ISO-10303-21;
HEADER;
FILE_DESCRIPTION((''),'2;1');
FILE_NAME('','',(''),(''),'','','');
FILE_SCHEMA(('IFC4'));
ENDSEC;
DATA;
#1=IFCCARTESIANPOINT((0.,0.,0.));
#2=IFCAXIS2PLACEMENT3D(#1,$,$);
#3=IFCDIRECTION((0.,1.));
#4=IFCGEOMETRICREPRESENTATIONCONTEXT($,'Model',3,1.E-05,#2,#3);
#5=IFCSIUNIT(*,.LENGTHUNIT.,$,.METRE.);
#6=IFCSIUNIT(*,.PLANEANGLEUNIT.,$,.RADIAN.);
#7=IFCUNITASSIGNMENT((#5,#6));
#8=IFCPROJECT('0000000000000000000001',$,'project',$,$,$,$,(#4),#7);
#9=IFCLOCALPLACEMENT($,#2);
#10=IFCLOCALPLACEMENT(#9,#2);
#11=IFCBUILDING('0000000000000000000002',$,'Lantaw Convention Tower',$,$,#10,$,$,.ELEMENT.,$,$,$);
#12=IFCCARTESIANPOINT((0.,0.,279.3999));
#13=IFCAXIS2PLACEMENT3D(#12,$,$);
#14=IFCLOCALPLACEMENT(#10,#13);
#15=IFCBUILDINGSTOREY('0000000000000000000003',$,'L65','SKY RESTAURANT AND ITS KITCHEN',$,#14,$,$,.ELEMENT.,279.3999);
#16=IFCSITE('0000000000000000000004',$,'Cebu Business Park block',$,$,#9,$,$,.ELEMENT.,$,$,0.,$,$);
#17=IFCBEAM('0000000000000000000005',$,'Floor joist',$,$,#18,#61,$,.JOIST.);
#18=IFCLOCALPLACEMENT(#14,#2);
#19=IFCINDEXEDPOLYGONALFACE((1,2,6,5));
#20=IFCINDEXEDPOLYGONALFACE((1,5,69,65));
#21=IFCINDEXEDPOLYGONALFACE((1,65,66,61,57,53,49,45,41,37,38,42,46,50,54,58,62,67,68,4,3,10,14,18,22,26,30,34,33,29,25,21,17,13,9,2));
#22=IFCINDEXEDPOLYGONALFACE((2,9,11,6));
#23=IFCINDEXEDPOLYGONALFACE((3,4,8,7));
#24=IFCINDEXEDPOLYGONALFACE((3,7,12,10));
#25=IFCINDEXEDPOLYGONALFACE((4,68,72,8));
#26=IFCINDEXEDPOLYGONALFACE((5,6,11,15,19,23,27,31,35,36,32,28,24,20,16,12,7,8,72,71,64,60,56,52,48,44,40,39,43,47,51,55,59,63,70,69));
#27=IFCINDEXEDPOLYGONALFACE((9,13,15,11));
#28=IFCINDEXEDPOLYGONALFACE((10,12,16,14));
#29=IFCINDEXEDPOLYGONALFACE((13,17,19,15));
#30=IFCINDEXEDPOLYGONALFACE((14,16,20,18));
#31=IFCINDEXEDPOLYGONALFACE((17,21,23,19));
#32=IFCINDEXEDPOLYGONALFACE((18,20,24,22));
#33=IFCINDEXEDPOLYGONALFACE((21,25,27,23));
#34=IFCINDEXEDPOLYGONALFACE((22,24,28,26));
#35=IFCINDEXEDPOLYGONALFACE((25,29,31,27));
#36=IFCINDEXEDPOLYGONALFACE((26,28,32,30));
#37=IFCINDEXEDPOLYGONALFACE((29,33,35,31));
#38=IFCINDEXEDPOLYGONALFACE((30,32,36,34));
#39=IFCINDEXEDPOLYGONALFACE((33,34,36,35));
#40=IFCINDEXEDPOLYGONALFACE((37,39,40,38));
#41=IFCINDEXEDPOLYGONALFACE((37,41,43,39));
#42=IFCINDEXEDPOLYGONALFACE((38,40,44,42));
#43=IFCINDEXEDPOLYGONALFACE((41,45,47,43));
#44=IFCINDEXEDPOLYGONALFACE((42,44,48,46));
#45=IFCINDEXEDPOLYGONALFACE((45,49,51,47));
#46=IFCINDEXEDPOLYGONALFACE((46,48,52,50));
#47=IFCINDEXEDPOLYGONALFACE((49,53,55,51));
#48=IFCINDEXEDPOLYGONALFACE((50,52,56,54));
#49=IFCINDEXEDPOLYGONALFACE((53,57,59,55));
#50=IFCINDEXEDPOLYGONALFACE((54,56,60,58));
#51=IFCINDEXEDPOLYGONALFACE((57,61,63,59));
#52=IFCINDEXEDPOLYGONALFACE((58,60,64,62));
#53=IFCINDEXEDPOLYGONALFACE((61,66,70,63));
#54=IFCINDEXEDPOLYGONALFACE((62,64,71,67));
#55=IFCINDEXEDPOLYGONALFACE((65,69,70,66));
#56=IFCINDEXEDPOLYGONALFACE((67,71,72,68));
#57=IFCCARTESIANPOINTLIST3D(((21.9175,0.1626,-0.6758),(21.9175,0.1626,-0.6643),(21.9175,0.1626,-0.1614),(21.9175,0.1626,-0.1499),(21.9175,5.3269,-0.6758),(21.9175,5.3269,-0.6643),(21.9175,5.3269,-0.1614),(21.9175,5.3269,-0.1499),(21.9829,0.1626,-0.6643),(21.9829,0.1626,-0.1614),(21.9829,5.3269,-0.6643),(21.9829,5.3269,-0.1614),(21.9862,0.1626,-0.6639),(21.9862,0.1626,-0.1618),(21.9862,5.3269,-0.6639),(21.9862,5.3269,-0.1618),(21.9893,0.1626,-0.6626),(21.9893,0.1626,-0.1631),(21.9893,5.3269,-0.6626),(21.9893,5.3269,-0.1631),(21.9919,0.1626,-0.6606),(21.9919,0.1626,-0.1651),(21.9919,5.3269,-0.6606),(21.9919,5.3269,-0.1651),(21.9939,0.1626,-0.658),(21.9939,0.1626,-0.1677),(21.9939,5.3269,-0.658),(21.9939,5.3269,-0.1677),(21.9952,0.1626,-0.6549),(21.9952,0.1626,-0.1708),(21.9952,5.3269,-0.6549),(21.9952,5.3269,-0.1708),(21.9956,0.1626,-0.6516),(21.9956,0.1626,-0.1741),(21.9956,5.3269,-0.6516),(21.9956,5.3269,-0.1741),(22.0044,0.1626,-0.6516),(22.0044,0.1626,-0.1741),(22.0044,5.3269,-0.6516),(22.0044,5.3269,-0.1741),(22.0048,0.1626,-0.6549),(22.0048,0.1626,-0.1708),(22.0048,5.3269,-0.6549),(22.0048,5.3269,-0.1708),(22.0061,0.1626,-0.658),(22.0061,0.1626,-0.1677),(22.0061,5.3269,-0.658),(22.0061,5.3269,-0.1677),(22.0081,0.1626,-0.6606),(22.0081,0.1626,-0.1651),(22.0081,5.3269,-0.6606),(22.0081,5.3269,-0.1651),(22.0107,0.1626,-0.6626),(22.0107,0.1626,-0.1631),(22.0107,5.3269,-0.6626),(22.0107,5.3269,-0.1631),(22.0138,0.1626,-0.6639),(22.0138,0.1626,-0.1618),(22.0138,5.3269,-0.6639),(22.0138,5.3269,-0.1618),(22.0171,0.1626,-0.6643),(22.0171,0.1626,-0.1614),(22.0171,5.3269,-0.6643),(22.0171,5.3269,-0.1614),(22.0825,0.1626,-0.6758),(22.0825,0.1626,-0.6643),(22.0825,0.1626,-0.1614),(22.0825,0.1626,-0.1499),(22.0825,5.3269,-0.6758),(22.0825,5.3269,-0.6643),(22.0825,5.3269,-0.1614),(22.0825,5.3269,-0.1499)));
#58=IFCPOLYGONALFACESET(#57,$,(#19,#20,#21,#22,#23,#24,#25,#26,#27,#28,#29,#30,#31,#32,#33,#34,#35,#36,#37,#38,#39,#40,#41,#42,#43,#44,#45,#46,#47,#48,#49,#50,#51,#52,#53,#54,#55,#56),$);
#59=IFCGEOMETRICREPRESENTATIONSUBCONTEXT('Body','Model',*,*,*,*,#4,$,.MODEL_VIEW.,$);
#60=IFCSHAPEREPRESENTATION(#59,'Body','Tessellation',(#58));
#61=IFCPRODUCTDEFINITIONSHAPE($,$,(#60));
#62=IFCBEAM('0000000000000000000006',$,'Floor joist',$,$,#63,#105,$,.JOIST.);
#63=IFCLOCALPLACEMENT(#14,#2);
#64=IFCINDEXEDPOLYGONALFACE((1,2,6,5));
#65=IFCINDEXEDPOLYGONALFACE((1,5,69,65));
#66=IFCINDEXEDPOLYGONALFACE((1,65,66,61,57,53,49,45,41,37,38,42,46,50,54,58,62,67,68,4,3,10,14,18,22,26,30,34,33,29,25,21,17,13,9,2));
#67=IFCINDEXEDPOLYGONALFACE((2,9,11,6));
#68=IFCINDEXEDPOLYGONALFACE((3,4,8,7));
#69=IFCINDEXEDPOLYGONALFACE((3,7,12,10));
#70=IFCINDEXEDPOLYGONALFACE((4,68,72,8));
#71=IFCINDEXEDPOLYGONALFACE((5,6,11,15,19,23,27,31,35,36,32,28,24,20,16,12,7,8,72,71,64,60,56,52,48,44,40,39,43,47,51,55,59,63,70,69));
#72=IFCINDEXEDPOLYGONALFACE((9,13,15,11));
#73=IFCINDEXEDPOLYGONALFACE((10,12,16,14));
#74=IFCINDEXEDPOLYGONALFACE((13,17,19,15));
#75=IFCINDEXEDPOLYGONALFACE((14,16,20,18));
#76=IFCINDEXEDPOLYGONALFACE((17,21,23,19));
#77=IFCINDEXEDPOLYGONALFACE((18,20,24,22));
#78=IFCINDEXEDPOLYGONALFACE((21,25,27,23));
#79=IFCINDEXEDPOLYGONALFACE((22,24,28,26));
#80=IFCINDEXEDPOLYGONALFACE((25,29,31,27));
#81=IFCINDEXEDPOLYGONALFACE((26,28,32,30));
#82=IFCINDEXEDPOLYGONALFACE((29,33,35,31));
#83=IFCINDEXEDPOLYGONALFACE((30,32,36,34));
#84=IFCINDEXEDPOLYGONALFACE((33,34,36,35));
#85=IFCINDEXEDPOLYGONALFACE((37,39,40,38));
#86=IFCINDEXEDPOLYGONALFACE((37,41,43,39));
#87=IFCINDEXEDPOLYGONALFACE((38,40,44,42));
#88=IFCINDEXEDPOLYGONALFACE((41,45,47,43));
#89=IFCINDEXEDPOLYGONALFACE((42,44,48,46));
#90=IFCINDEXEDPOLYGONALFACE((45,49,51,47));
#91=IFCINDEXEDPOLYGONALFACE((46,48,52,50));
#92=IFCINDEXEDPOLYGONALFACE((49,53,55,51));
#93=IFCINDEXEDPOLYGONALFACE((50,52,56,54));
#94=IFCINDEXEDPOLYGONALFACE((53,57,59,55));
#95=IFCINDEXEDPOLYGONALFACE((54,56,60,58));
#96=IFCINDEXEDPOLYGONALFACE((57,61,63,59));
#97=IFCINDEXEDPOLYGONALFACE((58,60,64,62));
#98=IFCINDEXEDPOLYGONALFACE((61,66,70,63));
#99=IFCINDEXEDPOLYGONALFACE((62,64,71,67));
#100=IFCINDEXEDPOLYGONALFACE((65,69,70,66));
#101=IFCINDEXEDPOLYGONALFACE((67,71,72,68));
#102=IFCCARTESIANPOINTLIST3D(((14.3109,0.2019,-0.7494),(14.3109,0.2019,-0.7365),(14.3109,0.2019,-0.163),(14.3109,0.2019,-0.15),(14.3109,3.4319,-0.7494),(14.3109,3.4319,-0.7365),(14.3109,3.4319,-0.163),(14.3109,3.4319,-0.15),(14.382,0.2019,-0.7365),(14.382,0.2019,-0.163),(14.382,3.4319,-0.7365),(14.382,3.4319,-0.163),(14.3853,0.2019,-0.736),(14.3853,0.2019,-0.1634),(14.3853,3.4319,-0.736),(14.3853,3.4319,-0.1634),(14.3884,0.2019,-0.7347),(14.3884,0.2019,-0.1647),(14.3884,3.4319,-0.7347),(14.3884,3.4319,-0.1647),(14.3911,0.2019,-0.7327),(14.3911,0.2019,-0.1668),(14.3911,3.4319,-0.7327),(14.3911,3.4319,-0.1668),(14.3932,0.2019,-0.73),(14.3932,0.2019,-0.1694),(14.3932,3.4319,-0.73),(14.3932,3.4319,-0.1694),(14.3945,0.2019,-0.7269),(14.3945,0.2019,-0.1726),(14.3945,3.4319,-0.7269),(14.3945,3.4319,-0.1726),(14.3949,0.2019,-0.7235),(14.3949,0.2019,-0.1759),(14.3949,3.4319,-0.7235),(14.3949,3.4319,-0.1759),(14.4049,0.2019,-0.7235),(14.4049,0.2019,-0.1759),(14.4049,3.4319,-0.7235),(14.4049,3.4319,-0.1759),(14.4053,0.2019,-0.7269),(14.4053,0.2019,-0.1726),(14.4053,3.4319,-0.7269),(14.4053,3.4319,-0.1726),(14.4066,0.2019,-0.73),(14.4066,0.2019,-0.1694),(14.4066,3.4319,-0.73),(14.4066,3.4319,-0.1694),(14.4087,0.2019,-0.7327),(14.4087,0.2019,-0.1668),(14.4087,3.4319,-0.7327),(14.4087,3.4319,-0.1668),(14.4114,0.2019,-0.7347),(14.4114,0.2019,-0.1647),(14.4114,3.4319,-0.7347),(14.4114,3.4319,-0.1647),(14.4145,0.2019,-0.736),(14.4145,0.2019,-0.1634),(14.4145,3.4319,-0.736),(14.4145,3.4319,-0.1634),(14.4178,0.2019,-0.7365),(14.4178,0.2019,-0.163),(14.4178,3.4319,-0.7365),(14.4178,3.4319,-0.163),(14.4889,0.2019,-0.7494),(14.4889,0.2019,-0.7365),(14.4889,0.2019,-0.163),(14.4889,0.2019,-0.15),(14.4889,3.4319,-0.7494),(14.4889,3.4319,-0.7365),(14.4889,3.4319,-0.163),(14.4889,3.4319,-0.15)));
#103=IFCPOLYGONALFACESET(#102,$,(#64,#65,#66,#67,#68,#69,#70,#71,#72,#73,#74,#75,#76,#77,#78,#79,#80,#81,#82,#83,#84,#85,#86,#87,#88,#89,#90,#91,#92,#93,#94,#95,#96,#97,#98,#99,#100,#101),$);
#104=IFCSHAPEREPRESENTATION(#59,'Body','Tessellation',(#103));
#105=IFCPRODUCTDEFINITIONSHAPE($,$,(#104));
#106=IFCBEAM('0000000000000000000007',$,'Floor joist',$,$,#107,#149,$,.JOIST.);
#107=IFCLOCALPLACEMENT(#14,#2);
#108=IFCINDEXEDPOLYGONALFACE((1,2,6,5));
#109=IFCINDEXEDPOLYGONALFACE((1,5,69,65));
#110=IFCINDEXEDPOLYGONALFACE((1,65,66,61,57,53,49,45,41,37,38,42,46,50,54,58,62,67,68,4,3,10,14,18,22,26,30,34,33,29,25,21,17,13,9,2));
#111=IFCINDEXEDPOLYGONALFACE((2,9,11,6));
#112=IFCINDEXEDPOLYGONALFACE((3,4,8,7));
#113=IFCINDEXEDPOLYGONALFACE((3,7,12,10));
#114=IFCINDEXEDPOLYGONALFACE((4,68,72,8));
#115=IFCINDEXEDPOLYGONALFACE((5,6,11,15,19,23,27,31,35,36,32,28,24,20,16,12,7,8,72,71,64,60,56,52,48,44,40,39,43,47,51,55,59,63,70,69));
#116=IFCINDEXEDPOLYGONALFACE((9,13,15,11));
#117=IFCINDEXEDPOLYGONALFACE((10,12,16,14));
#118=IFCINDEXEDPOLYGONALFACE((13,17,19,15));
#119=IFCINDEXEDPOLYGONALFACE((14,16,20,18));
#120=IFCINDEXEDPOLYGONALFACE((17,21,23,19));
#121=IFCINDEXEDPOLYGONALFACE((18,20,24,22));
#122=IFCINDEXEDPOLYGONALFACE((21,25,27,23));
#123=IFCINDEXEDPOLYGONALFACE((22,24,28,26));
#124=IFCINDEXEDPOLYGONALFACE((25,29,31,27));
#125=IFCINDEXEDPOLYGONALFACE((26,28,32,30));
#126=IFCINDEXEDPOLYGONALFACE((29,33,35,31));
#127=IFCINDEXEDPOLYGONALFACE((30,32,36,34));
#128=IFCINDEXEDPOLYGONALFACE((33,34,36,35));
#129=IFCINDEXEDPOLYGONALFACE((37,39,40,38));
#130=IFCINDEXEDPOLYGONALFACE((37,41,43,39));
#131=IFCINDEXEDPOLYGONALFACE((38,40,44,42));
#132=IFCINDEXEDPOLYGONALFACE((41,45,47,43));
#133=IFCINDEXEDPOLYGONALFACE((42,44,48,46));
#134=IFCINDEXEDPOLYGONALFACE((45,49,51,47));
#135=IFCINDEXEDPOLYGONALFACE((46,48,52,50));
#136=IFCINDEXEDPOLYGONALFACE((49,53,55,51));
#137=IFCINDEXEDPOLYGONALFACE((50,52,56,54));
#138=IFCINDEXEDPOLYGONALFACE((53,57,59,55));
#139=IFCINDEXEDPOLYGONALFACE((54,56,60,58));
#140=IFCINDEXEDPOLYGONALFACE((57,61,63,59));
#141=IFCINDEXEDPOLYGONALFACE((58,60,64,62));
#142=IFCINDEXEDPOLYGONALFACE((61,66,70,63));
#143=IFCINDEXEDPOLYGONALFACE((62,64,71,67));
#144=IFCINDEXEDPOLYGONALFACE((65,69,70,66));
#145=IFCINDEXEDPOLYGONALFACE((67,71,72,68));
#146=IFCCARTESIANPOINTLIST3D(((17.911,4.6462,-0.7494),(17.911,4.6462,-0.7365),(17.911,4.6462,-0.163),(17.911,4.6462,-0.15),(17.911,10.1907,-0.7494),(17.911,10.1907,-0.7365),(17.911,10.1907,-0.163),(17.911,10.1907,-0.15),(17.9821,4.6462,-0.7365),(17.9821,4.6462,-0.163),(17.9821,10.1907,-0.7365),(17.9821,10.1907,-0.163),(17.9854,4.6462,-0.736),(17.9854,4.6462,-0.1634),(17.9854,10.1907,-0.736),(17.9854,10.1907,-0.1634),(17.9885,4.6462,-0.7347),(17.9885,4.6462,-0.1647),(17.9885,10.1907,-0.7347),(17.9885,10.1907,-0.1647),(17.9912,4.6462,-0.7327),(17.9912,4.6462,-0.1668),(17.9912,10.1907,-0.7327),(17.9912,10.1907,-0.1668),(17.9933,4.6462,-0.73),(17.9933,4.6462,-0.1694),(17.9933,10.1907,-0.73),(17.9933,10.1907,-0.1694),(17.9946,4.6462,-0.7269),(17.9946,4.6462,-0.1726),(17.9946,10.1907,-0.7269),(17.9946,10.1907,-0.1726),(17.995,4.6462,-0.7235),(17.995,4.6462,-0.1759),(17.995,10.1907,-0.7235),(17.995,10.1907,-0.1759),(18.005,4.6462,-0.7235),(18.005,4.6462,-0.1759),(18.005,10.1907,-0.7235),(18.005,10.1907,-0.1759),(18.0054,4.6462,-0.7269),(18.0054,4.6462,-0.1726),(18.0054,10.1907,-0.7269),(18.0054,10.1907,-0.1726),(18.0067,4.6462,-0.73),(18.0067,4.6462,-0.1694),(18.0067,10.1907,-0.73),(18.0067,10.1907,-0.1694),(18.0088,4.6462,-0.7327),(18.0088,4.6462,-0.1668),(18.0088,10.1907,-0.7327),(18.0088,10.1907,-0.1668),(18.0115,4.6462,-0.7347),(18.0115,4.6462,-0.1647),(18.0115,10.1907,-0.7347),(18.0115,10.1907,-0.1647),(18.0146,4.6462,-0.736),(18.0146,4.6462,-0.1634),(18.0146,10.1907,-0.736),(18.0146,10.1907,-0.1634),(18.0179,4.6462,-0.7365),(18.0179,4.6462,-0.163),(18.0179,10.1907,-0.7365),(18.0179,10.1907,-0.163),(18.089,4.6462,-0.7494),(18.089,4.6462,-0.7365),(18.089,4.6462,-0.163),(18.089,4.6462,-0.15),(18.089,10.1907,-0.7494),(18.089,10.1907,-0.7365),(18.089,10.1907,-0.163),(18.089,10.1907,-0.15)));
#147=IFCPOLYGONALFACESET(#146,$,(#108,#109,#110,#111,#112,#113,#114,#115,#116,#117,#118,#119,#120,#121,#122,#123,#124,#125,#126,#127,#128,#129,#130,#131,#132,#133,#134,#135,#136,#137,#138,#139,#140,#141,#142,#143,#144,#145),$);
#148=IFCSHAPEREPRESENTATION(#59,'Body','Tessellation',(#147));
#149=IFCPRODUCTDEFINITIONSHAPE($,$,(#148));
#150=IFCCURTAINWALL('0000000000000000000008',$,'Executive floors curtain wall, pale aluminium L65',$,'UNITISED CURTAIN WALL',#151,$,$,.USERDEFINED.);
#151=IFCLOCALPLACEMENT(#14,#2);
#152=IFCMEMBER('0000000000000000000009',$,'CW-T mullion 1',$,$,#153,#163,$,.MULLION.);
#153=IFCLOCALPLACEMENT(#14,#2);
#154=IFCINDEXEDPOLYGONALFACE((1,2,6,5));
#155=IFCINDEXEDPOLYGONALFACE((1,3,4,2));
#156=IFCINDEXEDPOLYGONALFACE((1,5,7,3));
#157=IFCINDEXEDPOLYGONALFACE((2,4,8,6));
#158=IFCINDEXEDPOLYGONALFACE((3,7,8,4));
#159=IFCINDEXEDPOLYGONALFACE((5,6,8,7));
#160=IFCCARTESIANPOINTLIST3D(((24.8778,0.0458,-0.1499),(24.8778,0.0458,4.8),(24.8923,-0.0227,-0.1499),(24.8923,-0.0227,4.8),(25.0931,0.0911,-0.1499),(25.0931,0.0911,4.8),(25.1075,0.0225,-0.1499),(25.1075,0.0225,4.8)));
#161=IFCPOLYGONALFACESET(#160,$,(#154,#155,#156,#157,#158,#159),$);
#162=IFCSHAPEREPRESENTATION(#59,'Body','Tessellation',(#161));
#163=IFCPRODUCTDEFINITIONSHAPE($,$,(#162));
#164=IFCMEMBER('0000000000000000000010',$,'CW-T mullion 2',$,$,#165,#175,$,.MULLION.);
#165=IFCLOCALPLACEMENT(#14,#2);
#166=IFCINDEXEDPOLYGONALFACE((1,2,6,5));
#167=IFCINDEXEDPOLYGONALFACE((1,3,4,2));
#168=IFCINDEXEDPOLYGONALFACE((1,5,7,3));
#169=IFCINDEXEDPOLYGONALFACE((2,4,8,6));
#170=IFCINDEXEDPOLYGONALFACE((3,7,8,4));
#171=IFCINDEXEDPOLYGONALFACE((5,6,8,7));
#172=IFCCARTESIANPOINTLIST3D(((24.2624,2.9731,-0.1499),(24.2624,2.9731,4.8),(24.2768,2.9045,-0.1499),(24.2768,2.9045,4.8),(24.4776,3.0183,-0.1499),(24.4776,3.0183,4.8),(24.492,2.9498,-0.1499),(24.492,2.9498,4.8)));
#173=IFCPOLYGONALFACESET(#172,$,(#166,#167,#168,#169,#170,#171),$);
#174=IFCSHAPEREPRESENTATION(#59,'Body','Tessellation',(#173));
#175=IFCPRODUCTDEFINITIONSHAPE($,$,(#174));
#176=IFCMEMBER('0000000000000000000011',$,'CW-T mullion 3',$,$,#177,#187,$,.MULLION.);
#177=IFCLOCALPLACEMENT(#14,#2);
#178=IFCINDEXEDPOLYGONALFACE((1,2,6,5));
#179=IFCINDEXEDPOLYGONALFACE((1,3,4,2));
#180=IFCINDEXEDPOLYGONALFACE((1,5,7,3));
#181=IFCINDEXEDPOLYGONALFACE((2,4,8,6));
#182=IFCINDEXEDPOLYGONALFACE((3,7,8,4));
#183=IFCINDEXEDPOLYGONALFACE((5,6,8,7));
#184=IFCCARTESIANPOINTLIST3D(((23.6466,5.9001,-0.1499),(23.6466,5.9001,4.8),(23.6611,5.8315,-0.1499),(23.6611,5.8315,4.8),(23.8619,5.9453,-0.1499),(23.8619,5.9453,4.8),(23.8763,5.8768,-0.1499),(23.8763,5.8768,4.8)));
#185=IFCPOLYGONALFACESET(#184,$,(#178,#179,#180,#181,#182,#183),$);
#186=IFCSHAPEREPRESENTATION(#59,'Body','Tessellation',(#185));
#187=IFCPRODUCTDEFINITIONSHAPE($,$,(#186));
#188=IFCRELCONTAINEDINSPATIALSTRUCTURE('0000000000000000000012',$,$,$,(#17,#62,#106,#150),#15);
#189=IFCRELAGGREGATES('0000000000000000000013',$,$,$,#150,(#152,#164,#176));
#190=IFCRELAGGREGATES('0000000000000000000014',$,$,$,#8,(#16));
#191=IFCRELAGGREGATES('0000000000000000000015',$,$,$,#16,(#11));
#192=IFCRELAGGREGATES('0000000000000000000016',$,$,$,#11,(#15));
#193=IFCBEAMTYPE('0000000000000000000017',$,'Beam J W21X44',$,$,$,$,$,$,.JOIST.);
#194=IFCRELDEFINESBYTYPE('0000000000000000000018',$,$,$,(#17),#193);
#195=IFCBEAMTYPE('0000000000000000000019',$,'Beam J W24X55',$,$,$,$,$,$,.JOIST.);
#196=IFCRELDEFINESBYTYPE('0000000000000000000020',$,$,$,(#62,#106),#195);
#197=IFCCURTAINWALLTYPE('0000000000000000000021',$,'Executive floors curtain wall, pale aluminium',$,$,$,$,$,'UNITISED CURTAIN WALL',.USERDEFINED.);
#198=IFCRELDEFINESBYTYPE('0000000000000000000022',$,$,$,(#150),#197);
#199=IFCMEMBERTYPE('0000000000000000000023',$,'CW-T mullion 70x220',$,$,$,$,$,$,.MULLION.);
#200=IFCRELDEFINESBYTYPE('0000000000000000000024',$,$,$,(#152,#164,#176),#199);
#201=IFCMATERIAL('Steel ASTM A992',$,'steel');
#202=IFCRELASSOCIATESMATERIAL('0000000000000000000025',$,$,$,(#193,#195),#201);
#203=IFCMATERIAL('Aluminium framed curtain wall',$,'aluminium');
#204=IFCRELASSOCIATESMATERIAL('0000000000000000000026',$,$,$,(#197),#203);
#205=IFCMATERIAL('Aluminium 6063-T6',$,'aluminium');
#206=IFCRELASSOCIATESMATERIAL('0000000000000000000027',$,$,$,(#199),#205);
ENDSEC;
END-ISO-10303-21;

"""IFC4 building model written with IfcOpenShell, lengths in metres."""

from ifc_helpers import new_model, si_unit, direction, frame, origin, origin_2d, place, context, subcontext, project, spatial, rectangle, i_section, extrude, material, material_profile, profile_set, type_object, element, aggregate, save


model = new_model("IFC4")

# Units and contexts
model_context = context("Model", 3, precision=1e-05, world=origin(), true_north=direction((0.0, 1.0)))
body_context = subcontext(model_context, "Body", "Model", "MODEL_VIEW")
ifc_project = project(units=[si_unit("LENGTHUNIT", "METRE"), si_unit("PLANEANGLEUNIT", "RADIAN")], contexts=[model_context])

# Site, building, storey
site_placement = place(None, origin())
site = spatial("IfcSite", under=ifc_project, at=site_placement, Name="Cebu Business Park block", CompositionType="ELEMENT", RefElevation=0.0)
building_placement = place(site_placement, origin())
building = spatial("IfcBuilding", under=site, at=building_placement, Name="Lantaw Convention Tower", CompositionType="ELEMENT")
storey_placement = place(building_placement, frame((0.0, 0.0, 279.3999)))
storey = spatial("IfcBuildingStorey", under=building, at=storey_placement, Name="L65", Description="SKY RESTAURANT AND ITS KITCHEN", CompositionType="ELEMENT", Elevation=279.3999)

# Beams
ifc_material_1 = material(Name="Steel ASTM A992", Category="steel")
ifc_material_profile_1 = material_profile(ifc_material_1, i_section(OverallWidth=0.165, OverallDepth=0.5259, WebThickness=0.0088, FlangeThickness=0.0115, FilletRadius=0.0127, at=origin_2d()), Name="W21X44")
ifc_profile_set_1 = profile_set([ifc_material_profile_1], Name="Steel ASTM A992")
beam_type_1 = type_object("IfcBeamType", Name="Beam J W21X44", PredefinedType="JOIST", material=ifc_profile_set_1)
beam_1_placement = place(storey_placement, frame((22.0, 0.1626, -0.4128), z_axis=(0.0, 1.0, 0.0), x_axis=(-1.0, 0.0, 0.0)))
element("IfcBeam", 1, at=beam_1_placement, inside=storey, type_object=beam_type_1, Name="Floor joist", PredefinedType="JOIST", context=body_context, shape_type="SweptSolid", body=[
    extrude(i_section(OverallWidth=0.165, OverallDepth=0.5259, WebThickness=0.0088, FlangeThickness=0.0115, FilletRadius=0.0127, at=origin_2d()), origin(), (0.0, 0.0, 1.0), 5.1643),
])
ifc_material_profile_2 = material_profile(ifc_material_1, i_section(OverallWidth=0.178, OverallDepth=0.5994, WebThickness=0.01, FlangeThickness=0.0129, FilletRadius=0.0129, at=origin_2d()), Name="W24X55")
ifc_profile_set_2 = profile_set([ifc_material_profile_2], Name="Steel ASTM A992")
beam_type_2 = type_object("IfcBeamType", Name="Beam J W24X55", PredefinedType="JOIST", material=ifc_profile_set_2)
beam_2_placement = place(storey_placement, frame((14.3999, 0.2019, -0.4497), z_axis=(0.0, 1.0, 0.0), x_axis=(-1.0, 0.0, 0.0)))
element("IfcBeam", 2, at=beam_2_placement, inside=storey, type_object=beam_type_2, Name="Floor joist", PredefinedType="JOIST", context=body_context, shape_type="SweptSolid", body=[
    extrude(i_section(OverallWidth=0.178, OverallDepth=0.5994, WebThickness=0.01, FlangeThickness=0.0129, FilletRadius=0.0129, at=origin_2d()), origin(), (0.0, 0.0, 1.0), 3.23),
])
beam_3_placement = place(storey_placement, frame((18.0, 4.6462, -0.4497), z_axis=(0.0, 1.0, 0.0), x_axis=(-1.0, 0.0, 0.0)))
element("IfcBeam", 3, at=beam_3_placement, inside=storey, type_object=beam_type_2, Name="Floor joist", PredefinedType="JOIST", context=body_context, shape_type="SweptSolid", body=[
    extrude(i_section(OverallWidth=0.178, OverallDepth=0.5994, WebThickness=0.01, FlangeThickness=0.0129, FilletRadius=0.0129, at=origin_2d()), origin(), (0.0, 0.0, 1.0), 5.5444),
])

# Curtain wall, members
ifc_material_2 = material(Name="Aluminium framed curtain wall", Category="aluminium")
curtain_wall_type = type_object("IfcCurtainWallType", Name="Executive floors curtain wall, pale aluminium", ElementType="UNITISED CURTAIN WALL", PredefinedType="USERDEFINED", material=ifc_material_2)
curtain_wall_1_placement = place(storey_placement, origin())
curtain_wall_1 = element("IfcCurtainWall", 4, at=curtain_wall_1_placement, inside=storey, type_object=curtain_wall_type, Name="Executive floors curtain wall, pale aluminium L65", ObjectType="UNITISED CURTAIN WALL", PredefinedType="USERDEFINED")
ifc_material_3 = material(Name="Aluminium 6063-T6", Category="aluminium")
ifc_material_profile_3 = material_profile(ifc_material_3, rectangle(XDim=0.22, YDim=0.0701, at=origin_2d()), Name="CW-T mullion 70x220")
ifc_profile_set_3 = profile_set([ifc_material_profile_3], Name="Aluminium 6063-T6")
member_type_1 = type_object("IfcMemberType", Name="CW-T mullion 70x220", PredefinedType="MULLION", material=ifc_profile_set_3)
member_1_placement = place(storey_placement, frame((24.9927, 0.0342, -0.1499), z_axis=(0.0, 0.0, 1.0), x_axis=(-0.978591, -0.205814, 0.0)))
member_1 = element("IfcMember", 5, at=member_1_placement, type_object=member_type_1, Name="CW-T mullion 1", PredefinedType="MULLION", context=body_context, shape_type="SweptSolid", body=[
    extrude(rectangle(XDim=0.22, YDim=0.0701, at=origin_2d()), origin(), (0.0, 0.0, 1.0), 4.95),
])
member_2_placement = place(storey_placement, frame((24.3772, 2.9614, -0.1499), z_axis=(0.0, 0.0, 1.0), x_axis=(-0.978591, -0.205814, 0.0)))
member_2 = element("IfcMember", 6, at=member_2_placement, type_object=member_type_1, Name="CW-T mullion 2", PredefinedType="MULLION", context=body_context, shape_type="SweptSolid", body=[
    extrude(rectangle(XDim=0.22, YDim=0.0701, at=origin_2d()), origin(), (0.0, 0.0, 1.0), 4.95),
])
member_3_placement = place(storey_placement, frame((23.7615, 5.8884, -0.1499), z_axis=(0.0, 0.0, 1.0), x_axis=(-0.978591, -0.205814, 0.0)))
member_3 = element("IfcMember", 7, at=member_3_placement, type_object=member_type_1, Name="CW-T mullion 3", PredefinedType="MULLION", context=body_context, shape_type="SweptSolid", body=[
    extrude(rectangle(XDim=0.22, YDim=0.0701, at=origin_2d()), origin(), (0.0, 0.0, 1.0), 4.95),
])

aggregate(curtain_wall_1, [member_1, member_2, member_3])

save(model, "model.ifc")
